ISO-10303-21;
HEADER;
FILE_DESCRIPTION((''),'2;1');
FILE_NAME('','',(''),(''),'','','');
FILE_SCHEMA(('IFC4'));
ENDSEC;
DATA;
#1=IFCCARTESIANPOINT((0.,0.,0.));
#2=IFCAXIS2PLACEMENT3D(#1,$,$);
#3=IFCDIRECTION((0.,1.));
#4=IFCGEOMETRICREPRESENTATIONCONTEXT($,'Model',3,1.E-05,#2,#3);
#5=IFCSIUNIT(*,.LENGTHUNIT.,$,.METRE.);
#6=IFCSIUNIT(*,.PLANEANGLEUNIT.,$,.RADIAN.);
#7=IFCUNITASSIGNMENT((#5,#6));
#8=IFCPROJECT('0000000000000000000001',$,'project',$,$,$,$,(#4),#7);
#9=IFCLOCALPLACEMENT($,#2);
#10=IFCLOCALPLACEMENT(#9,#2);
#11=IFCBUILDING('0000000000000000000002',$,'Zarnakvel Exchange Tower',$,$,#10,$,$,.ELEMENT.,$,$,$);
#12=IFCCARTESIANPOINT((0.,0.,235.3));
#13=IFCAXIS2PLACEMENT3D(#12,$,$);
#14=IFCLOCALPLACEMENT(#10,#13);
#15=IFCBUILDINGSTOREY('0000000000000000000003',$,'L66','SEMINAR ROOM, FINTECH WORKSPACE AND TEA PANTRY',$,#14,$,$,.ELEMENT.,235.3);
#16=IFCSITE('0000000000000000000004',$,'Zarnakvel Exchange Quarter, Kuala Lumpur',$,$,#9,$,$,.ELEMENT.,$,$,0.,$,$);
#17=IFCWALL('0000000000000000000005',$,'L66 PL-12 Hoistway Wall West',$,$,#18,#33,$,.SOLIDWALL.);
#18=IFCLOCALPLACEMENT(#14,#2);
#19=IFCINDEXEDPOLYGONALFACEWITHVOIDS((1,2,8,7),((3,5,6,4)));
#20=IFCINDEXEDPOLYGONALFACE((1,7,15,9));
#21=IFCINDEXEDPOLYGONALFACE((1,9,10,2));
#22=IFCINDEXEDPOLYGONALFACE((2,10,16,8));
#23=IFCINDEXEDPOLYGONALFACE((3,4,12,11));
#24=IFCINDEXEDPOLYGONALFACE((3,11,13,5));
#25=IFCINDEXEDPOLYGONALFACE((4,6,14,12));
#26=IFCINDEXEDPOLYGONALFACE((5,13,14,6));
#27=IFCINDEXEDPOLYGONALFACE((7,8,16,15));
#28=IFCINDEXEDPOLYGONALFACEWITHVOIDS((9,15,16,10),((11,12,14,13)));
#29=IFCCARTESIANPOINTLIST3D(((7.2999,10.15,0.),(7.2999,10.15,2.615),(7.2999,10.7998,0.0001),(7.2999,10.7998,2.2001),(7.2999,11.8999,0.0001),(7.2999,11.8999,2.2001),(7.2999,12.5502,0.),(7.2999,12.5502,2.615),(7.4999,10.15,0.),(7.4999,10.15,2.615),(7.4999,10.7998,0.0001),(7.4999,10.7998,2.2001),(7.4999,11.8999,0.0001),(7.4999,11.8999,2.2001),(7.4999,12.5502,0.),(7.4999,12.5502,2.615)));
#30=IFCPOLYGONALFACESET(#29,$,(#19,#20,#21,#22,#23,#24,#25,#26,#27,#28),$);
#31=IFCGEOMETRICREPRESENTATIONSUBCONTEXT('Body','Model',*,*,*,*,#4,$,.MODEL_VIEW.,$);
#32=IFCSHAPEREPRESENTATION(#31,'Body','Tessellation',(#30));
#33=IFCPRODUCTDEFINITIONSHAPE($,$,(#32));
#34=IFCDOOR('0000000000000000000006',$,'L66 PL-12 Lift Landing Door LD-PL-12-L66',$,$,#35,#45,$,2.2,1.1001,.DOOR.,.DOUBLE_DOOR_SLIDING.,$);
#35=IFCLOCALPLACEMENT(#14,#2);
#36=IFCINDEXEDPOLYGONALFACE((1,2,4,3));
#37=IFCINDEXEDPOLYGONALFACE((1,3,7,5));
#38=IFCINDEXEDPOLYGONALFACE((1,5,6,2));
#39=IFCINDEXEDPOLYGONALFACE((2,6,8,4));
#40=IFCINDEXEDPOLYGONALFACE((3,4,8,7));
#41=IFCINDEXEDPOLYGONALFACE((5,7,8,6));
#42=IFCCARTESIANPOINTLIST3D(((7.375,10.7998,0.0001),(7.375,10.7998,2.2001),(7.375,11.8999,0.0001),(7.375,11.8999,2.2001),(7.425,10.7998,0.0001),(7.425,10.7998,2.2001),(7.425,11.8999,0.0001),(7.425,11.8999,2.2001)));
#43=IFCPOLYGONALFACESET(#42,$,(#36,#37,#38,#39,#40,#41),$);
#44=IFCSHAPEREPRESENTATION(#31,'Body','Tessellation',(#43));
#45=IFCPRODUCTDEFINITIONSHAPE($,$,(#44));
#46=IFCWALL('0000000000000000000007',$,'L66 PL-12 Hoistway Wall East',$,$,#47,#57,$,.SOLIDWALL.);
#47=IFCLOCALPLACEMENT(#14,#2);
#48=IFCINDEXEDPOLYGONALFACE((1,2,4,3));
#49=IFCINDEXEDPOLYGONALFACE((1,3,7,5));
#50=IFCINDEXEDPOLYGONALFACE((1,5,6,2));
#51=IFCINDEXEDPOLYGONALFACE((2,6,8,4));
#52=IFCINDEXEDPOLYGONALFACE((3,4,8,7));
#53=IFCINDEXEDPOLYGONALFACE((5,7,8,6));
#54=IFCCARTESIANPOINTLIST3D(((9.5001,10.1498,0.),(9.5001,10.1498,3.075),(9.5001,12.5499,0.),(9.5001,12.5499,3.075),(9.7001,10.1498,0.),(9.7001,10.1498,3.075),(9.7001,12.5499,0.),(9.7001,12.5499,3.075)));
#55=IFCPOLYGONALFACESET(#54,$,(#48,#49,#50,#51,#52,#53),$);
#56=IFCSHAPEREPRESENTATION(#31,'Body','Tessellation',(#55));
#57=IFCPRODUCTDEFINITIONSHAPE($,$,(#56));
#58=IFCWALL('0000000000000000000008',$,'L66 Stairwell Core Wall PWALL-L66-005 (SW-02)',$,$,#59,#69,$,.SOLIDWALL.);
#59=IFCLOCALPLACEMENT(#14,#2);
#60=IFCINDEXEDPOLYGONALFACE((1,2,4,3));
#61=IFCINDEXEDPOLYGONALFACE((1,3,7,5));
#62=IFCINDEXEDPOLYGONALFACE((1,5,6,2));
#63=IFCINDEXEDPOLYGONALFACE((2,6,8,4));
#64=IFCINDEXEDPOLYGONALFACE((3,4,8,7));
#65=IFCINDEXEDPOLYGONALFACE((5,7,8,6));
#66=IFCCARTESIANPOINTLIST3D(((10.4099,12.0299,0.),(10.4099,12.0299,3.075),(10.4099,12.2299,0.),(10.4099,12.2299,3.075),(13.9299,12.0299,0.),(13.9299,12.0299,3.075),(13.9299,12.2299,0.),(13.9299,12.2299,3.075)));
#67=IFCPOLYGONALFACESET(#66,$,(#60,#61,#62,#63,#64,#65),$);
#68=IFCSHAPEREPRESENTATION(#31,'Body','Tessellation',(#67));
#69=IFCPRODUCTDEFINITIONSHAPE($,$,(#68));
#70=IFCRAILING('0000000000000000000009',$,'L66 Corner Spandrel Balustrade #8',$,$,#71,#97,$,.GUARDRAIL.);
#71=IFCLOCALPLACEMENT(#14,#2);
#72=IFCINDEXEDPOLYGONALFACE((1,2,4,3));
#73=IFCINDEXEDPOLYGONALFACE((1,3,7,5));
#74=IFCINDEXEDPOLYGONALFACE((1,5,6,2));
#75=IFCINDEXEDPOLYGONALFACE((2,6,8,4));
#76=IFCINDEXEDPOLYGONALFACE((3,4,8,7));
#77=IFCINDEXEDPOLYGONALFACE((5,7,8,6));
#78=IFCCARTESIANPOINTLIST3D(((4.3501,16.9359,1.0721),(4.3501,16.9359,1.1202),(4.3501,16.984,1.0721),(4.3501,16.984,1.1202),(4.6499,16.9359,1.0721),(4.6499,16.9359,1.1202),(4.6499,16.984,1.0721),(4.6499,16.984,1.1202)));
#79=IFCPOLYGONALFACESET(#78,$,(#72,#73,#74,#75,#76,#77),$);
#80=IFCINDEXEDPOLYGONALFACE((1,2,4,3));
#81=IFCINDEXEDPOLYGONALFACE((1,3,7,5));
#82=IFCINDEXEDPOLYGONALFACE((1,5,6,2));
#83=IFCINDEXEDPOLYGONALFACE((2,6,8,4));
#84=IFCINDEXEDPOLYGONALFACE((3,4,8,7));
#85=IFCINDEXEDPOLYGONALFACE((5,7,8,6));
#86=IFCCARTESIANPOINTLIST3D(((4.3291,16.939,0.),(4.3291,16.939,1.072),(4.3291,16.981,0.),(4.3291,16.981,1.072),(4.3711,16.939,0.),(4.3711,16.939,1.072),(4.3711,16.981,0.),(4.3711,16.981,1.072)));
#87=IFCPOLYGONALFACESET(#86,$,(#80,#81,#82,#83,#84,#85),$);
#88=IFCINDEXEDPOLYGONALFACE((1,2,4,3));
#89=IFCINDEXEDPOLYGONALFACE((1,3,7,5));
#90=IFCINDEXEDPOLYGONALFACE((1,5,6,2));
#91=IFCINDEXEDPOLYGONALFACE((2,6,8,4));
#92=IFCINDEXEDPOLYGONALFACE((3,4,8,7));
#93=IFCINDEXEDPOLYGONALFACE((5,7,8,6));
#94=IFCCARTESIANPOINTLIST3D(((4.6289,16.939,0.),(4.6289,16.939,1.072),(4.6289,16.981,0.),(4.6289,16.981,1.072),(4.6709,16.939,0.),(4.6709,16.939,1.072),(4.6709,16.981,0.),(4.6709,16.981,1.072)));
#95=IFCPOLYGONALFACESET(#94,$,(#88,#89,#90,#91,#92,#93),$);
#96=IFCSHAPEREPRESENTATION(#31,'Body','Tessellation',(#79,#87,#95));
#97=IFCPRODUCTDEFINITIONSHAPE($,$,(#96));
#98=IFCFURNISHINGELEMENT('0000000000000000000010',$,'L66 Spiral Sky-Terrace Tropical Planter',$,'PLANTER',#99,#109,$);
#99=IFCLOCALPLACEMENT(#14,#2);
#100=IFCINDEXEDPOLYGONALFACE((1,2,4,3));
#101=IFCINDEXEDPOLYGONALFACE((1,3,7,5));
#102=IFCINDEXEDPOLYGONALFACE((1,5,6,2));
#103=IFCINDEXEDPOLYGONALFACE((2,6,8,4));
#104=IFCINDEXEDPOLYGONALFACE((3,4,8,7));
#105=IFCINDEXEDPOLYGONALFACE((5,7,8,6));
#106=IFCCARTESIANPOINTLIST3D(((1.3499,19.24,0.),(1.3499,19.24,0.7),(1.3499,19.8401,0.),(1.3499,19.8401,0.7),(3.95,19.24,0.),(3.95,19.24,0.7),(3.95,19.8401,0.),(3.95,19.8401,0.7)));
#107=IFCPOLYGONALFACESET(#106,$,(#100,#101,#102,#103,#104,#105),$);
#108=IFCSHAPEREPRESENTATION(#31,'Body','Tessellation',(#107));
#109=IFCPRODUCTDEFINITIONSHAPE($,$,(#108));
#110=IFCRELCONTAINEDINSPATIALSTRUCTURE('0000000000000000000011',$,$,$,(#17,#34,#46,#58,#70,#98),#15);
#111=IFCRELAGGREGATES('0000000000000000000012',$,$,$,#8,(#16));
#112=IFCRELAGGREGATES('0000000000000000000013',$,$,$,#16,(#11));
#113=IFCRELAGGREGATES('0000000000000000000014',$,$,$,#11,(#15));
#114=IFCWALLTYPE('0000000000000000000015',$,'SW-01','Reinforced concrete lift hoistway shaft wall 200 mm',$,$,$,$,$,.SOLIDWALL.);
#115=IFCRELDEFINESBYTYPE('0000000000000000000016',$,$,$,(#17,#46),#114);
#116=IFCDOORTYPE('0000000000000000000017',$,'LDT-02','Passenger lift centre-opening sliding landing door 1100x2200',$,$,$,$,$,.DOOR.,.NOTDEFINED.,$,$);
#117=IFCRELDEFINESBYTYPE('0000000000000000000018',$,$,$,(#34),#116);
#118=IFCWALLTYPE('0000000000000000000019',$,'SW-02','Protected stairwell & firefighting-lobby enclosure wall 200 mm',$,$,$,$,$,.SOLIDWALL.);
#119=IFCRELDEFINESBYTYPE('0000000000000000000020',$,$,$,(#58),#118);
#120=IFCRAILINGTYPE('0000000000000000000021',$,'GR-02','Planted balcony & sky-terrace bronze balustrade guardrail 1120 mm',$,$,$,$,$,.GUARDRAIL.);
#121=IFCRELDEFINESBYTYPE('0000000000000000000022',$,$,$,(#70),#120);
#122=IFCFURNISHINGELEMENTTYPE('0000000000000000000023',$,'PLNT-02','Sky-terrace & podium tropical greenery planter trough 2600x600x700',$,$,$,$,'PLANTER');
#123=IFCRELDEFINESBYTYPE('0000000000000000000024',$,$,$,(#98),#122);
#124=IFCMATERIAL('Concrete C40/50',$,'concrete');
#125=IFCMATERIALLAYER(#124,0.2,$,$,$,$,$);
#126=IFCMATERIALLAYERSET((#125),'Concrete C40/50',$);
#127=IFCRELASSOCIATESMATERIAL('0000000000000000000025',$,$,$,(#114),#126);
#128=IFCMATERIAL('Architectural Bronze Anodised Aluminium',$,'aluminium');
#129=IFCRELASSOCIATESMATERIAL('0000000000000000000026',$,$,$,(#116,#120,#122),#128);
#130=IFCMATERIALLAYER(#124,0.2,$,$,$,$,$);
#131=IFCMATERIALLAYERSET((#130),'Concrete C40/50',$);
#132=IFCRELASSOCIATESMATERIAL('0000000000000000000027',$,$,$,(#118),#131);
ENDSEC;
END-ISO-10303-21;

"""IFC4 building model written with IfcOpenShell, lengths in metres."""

from ifc_helpers import new_model, si_unit, direction, frame, frame_2d, origin, origin_2d, place, context, subcontext, project, spatial, rectangle, extrude, source, transform, mapped, material, layer, layer_set, type_object, element, fill, save


model = new_model("IFC4")

# Units and contexts
model_context = context("Model", 3, precision=1e-05, world=origin(), true_north=direction((0.0, 1.0)))
body_context = subcontext(model_context, "Body", "Model", "MODEL_VIEW")
ifc_project = project(units=[si_unit("LENGTHUNIT", "METRE"), si_unit("PLANEANGLEUNIT", "RADIAN")], contexts=[model_context])

# Site, building, storey
site_placement = place(None, origin())
site = spatial("IfcSite", under=ifc_project, at=site_placement, Name="Zarnakvel Exchange Quarter, Kuala Lumpur", CompositionType="ELEMENT", RefElevation=0.0)
building_placement = place(site_placement, origin())
building = spatial("IfcBuilding", under=site, at=building_placement, Name="Zarnakvel Exchange Tower", CompositionType="ELEMENT")
storey_placement = place(building_placement, frame((0.0, 0.0, 235.3)))
storey = spatial("IfcBuildingStorey", under=building, at=storey_placement, Name="L66", Description="SEMINAR ROOM, FINTECH WORKSPACE AND TEA PANTRY", CompositionType="ELEMENT", Elevation=235.3)

# Shared definitions
ifc_material_1 = material(Name="Architectural Bronze Anodised Aluminium", Category="aluminium")

# Shared definitions
ifc_material_2 = material(Name="Concrete C40/50", Category="concrete")
ifc_layer_1 = layer(ifc_material_2, 0.2)
ifc_layer_set_1 = layer_set([ifc_layer_1], Name="Concrete C40/50")
wall_type_1 = type_object("IfcWallType", Name="SW-01", Description="Reinforced concrete lift hoistway shaft wall 200 mm", PredefinedType="SOLIDWALL", material=ifc_layer_set_1)

# Wall, opening, door
wall_1_placement = place(storey_placement, frame((7.3999, 10.1499, 0.0), z_axis=(0.0, 0.0, 1.0), x_axis=(0.0, 1.0, 0.0)))
wall_1 = element("IfcWall", 1, at=wall_1_placement, inside=storey, type_object=wall_type_1, Name="L66 PL-12 Hoistway Wall West", PredefinedType="SOLIDWALL", context=body_context, shape_type="SweptSolid", body=[
    extrude(rectangle(XDim=2.4001, YDim=0.2, at=frame_2d((1.2002, 0.0))), origin(), (0.0, 0.0, 1.0), 2.615),
])
opening_1_placement = place(wall_1_placement, frame((0.6499, 0.0, 0.0)))
opening_1 = element("IfcOpeningElement", 2, at=opening_1_placement, cuts=wall_1, PredefinedType="OPENING", context=body_context, shape_type="SweptSolid", body=[
    extrude(rectangle(XDim=1.1001, YDim=2.2, at=frame_2d((0.55, 1.1001))), frame((0.0, 0.1099, 0.0), z_axis=(0.0, -1.0, 0.0), x_axis=(1.0, 0.0, 0.0)), (0.0, 0.0, 1.0), 0.22),
])
door_type_1 = type_object("IfcDoorType", Name="LDT-02", Description="Passenger lift centre-opening sliding landing door 1100x2200", OperationType="NOTDEFINED", PredefinedType="DOOR", material=ifc_material_1)
shared_shape_1 = source(origin(), body_context, "Body", "SweptSolid", [
    extrude(rectangle(XDim=1.1001, YDim=2.2, at=frame_2d((0.55, 1.1001))), frame((0.0, 0.0249, 0.0), z_axis=(0.0, -1.0, 0.0), x_axis=(1.0, 0.0, 0.0)), (0.0, 0.0, 1.0), 0.05),
])
door_1_placement = place(opening_1_placement, origin())
door_1 = element("IfcDoor", 3, at=door_1_placement, inside=storey, type_object=door_type_1, Name="L66 PL-12 Lift Landing Door LD-PL-12-L66", OperationType="DOUBLE_DOOR_SLIDING", OverallHeight=2.2, OverallWidth=1.1001, PredefinedType="DOOR", context=body_context, shape_type="MappedRepresentation", body=[
    mapped(shared_shape_1, transform((0.0, 0.0, 0.0), x_axis=(1.0, 0.0, 0.0), y_axis=(0.0, 1.0, 0.0), z_axis=(0.0, 0.0, 1.0), scale=1.0)),
])
fill(opening_1, door_1)

# Walls
wall_2_placement = place(storey_placement, frame((9.6001, 12.55, 0.0), z_axis=(0.0, 0.0, 1.0), x_axis=(0.0, -1.0, 0.0)))
element("IfcWall", 4, at=wall_2_placement, inside=storey, type_object=wall_type_1, Name="L66 PL-12 Hoistway Wall East", PredefinedType="SOLIDWALL", context=body_context, shape_type="SweptSolid", body=[
    extrude(rectangle(XDim=2.4001, YDim=0.2, at=frame_2d((1.2002, 0.0))), origin(), (0.0, 0.0, 1.0), 3.075),
])
ifc_layer_2 = layer(ifc_material_2, 0.2)
ifc_layer_set_2 = layer_set([ifc_layer_2], Name="Concrete C40/50")
wall_type_2 = type_object("IfcWallType", Name="SW-02", Description="Protected stairwell & firefighting-lobby enclosure wall 200 mm", PredefinedType="SOLIDWALL", material=ifc_layer_set_2)
wall_3_placement = place(storey_placement, frame((10.4099, 12.1299, 0.0), z_axis=(0.0, 0.0, 1.0), x_axis=(1.0, 0.0, 0.0)))
element("IfcWall", 5, at=wall_3_placement, inside=storey, type_object=wall_type_2, Name="L66 Stairwell Core Wall PWALL-L66-005 (SW-02)", PredefinedType="SOLIDWALL", context=body_context, shape_type="SweptSolid", body=[
    extrude(rectangle(XDim=3.52, YDim=0.2, at=frame_2d((1.76, 0.0))), origin(), (0.0, 0.0, 1.0), 3.075),
])

# Railing
railing_type = type_object("IfcRailingType", Name="GR-02", Description="Planted balcony & sky-terrace bronze balustrade guardrail 1120 mm", PredefinedType="GUARDRAIL", material=ifc_material_1)
railing_placement = place(storey_placement, frame((4.3501, 16.96, 0.0)))
element("IfcRailing", 6, at=railing_placement, inside=storey, type_object=railing_type, Name="L66 Corner Spandrel Balustrade #8", PredefinedType="GUARDRAIL", context=body_context, shape_type="SweptSolid", body=[
    extrude(rectangle(XDim=0.0481, YDim=0.0481, at=origin_2d()), frame((0.0, 0.0, 1.0962), z_axis=(1.0, 0.0, 0.0), x_axis=(0.0, 1.0, 0.0)), (0.0, 0.0, 1.0), 0.2998),
    extrude(rectangle(XDim=0.042, YDim=0.042, at=origin_2d()), origin(), (0.0, 0.0, 1.0), 1.072),
    extrude(rectangle(XDim=0.042, YDim=0.042, at=origin_2d()), frame((0.2998, 0.0, 0.0)), (0.0, 0.0, 1.0), 1.072),
])

# Furnishing element
furnishing_element_type = type_object("IfcFurnishingElementType", Name="PLNT-02", Description="Sky-terrace & podium tropical greenery planter trough 2600x600x700", ElementType="PLANTER", material=ifc_material_1)
shared_shape_2 = source(origin(), body_context, "Body", "SweptSolid", [
    extrude(rectangle(XDim=2.6001, YDim=0.6001, at=origin_2d()), origin(), (0.0, 0.0, 1.0), 0.7),
])
furnishing_placement = place(storey_placement, frame((2.6499, 19.54, 0.0), z_axis=(0.0, 0.0, 1.0), x_axis=(1.0, 0.0, 0.0)))
element("IfcFurnishingElement", 7, at=furnishing_placement, inside=storey, type_object=furnishing_element_type, Name="L66 Spiral Sky-Terrace Tropical Planter", ObjectType="PLANTER", context=body_context, shape_type="MappedRepresentation", body=[
    mapped(shared_shape_2, transform((0.0, 0.0, 0.0), x_axis=(1.0, 0.0, 0.0), y_axis=(0.0, 1.0, 0.0), z_axis=(0.0, 0.0, 1.0), scale=1.0)),
])

save(model, "model.ifc")
